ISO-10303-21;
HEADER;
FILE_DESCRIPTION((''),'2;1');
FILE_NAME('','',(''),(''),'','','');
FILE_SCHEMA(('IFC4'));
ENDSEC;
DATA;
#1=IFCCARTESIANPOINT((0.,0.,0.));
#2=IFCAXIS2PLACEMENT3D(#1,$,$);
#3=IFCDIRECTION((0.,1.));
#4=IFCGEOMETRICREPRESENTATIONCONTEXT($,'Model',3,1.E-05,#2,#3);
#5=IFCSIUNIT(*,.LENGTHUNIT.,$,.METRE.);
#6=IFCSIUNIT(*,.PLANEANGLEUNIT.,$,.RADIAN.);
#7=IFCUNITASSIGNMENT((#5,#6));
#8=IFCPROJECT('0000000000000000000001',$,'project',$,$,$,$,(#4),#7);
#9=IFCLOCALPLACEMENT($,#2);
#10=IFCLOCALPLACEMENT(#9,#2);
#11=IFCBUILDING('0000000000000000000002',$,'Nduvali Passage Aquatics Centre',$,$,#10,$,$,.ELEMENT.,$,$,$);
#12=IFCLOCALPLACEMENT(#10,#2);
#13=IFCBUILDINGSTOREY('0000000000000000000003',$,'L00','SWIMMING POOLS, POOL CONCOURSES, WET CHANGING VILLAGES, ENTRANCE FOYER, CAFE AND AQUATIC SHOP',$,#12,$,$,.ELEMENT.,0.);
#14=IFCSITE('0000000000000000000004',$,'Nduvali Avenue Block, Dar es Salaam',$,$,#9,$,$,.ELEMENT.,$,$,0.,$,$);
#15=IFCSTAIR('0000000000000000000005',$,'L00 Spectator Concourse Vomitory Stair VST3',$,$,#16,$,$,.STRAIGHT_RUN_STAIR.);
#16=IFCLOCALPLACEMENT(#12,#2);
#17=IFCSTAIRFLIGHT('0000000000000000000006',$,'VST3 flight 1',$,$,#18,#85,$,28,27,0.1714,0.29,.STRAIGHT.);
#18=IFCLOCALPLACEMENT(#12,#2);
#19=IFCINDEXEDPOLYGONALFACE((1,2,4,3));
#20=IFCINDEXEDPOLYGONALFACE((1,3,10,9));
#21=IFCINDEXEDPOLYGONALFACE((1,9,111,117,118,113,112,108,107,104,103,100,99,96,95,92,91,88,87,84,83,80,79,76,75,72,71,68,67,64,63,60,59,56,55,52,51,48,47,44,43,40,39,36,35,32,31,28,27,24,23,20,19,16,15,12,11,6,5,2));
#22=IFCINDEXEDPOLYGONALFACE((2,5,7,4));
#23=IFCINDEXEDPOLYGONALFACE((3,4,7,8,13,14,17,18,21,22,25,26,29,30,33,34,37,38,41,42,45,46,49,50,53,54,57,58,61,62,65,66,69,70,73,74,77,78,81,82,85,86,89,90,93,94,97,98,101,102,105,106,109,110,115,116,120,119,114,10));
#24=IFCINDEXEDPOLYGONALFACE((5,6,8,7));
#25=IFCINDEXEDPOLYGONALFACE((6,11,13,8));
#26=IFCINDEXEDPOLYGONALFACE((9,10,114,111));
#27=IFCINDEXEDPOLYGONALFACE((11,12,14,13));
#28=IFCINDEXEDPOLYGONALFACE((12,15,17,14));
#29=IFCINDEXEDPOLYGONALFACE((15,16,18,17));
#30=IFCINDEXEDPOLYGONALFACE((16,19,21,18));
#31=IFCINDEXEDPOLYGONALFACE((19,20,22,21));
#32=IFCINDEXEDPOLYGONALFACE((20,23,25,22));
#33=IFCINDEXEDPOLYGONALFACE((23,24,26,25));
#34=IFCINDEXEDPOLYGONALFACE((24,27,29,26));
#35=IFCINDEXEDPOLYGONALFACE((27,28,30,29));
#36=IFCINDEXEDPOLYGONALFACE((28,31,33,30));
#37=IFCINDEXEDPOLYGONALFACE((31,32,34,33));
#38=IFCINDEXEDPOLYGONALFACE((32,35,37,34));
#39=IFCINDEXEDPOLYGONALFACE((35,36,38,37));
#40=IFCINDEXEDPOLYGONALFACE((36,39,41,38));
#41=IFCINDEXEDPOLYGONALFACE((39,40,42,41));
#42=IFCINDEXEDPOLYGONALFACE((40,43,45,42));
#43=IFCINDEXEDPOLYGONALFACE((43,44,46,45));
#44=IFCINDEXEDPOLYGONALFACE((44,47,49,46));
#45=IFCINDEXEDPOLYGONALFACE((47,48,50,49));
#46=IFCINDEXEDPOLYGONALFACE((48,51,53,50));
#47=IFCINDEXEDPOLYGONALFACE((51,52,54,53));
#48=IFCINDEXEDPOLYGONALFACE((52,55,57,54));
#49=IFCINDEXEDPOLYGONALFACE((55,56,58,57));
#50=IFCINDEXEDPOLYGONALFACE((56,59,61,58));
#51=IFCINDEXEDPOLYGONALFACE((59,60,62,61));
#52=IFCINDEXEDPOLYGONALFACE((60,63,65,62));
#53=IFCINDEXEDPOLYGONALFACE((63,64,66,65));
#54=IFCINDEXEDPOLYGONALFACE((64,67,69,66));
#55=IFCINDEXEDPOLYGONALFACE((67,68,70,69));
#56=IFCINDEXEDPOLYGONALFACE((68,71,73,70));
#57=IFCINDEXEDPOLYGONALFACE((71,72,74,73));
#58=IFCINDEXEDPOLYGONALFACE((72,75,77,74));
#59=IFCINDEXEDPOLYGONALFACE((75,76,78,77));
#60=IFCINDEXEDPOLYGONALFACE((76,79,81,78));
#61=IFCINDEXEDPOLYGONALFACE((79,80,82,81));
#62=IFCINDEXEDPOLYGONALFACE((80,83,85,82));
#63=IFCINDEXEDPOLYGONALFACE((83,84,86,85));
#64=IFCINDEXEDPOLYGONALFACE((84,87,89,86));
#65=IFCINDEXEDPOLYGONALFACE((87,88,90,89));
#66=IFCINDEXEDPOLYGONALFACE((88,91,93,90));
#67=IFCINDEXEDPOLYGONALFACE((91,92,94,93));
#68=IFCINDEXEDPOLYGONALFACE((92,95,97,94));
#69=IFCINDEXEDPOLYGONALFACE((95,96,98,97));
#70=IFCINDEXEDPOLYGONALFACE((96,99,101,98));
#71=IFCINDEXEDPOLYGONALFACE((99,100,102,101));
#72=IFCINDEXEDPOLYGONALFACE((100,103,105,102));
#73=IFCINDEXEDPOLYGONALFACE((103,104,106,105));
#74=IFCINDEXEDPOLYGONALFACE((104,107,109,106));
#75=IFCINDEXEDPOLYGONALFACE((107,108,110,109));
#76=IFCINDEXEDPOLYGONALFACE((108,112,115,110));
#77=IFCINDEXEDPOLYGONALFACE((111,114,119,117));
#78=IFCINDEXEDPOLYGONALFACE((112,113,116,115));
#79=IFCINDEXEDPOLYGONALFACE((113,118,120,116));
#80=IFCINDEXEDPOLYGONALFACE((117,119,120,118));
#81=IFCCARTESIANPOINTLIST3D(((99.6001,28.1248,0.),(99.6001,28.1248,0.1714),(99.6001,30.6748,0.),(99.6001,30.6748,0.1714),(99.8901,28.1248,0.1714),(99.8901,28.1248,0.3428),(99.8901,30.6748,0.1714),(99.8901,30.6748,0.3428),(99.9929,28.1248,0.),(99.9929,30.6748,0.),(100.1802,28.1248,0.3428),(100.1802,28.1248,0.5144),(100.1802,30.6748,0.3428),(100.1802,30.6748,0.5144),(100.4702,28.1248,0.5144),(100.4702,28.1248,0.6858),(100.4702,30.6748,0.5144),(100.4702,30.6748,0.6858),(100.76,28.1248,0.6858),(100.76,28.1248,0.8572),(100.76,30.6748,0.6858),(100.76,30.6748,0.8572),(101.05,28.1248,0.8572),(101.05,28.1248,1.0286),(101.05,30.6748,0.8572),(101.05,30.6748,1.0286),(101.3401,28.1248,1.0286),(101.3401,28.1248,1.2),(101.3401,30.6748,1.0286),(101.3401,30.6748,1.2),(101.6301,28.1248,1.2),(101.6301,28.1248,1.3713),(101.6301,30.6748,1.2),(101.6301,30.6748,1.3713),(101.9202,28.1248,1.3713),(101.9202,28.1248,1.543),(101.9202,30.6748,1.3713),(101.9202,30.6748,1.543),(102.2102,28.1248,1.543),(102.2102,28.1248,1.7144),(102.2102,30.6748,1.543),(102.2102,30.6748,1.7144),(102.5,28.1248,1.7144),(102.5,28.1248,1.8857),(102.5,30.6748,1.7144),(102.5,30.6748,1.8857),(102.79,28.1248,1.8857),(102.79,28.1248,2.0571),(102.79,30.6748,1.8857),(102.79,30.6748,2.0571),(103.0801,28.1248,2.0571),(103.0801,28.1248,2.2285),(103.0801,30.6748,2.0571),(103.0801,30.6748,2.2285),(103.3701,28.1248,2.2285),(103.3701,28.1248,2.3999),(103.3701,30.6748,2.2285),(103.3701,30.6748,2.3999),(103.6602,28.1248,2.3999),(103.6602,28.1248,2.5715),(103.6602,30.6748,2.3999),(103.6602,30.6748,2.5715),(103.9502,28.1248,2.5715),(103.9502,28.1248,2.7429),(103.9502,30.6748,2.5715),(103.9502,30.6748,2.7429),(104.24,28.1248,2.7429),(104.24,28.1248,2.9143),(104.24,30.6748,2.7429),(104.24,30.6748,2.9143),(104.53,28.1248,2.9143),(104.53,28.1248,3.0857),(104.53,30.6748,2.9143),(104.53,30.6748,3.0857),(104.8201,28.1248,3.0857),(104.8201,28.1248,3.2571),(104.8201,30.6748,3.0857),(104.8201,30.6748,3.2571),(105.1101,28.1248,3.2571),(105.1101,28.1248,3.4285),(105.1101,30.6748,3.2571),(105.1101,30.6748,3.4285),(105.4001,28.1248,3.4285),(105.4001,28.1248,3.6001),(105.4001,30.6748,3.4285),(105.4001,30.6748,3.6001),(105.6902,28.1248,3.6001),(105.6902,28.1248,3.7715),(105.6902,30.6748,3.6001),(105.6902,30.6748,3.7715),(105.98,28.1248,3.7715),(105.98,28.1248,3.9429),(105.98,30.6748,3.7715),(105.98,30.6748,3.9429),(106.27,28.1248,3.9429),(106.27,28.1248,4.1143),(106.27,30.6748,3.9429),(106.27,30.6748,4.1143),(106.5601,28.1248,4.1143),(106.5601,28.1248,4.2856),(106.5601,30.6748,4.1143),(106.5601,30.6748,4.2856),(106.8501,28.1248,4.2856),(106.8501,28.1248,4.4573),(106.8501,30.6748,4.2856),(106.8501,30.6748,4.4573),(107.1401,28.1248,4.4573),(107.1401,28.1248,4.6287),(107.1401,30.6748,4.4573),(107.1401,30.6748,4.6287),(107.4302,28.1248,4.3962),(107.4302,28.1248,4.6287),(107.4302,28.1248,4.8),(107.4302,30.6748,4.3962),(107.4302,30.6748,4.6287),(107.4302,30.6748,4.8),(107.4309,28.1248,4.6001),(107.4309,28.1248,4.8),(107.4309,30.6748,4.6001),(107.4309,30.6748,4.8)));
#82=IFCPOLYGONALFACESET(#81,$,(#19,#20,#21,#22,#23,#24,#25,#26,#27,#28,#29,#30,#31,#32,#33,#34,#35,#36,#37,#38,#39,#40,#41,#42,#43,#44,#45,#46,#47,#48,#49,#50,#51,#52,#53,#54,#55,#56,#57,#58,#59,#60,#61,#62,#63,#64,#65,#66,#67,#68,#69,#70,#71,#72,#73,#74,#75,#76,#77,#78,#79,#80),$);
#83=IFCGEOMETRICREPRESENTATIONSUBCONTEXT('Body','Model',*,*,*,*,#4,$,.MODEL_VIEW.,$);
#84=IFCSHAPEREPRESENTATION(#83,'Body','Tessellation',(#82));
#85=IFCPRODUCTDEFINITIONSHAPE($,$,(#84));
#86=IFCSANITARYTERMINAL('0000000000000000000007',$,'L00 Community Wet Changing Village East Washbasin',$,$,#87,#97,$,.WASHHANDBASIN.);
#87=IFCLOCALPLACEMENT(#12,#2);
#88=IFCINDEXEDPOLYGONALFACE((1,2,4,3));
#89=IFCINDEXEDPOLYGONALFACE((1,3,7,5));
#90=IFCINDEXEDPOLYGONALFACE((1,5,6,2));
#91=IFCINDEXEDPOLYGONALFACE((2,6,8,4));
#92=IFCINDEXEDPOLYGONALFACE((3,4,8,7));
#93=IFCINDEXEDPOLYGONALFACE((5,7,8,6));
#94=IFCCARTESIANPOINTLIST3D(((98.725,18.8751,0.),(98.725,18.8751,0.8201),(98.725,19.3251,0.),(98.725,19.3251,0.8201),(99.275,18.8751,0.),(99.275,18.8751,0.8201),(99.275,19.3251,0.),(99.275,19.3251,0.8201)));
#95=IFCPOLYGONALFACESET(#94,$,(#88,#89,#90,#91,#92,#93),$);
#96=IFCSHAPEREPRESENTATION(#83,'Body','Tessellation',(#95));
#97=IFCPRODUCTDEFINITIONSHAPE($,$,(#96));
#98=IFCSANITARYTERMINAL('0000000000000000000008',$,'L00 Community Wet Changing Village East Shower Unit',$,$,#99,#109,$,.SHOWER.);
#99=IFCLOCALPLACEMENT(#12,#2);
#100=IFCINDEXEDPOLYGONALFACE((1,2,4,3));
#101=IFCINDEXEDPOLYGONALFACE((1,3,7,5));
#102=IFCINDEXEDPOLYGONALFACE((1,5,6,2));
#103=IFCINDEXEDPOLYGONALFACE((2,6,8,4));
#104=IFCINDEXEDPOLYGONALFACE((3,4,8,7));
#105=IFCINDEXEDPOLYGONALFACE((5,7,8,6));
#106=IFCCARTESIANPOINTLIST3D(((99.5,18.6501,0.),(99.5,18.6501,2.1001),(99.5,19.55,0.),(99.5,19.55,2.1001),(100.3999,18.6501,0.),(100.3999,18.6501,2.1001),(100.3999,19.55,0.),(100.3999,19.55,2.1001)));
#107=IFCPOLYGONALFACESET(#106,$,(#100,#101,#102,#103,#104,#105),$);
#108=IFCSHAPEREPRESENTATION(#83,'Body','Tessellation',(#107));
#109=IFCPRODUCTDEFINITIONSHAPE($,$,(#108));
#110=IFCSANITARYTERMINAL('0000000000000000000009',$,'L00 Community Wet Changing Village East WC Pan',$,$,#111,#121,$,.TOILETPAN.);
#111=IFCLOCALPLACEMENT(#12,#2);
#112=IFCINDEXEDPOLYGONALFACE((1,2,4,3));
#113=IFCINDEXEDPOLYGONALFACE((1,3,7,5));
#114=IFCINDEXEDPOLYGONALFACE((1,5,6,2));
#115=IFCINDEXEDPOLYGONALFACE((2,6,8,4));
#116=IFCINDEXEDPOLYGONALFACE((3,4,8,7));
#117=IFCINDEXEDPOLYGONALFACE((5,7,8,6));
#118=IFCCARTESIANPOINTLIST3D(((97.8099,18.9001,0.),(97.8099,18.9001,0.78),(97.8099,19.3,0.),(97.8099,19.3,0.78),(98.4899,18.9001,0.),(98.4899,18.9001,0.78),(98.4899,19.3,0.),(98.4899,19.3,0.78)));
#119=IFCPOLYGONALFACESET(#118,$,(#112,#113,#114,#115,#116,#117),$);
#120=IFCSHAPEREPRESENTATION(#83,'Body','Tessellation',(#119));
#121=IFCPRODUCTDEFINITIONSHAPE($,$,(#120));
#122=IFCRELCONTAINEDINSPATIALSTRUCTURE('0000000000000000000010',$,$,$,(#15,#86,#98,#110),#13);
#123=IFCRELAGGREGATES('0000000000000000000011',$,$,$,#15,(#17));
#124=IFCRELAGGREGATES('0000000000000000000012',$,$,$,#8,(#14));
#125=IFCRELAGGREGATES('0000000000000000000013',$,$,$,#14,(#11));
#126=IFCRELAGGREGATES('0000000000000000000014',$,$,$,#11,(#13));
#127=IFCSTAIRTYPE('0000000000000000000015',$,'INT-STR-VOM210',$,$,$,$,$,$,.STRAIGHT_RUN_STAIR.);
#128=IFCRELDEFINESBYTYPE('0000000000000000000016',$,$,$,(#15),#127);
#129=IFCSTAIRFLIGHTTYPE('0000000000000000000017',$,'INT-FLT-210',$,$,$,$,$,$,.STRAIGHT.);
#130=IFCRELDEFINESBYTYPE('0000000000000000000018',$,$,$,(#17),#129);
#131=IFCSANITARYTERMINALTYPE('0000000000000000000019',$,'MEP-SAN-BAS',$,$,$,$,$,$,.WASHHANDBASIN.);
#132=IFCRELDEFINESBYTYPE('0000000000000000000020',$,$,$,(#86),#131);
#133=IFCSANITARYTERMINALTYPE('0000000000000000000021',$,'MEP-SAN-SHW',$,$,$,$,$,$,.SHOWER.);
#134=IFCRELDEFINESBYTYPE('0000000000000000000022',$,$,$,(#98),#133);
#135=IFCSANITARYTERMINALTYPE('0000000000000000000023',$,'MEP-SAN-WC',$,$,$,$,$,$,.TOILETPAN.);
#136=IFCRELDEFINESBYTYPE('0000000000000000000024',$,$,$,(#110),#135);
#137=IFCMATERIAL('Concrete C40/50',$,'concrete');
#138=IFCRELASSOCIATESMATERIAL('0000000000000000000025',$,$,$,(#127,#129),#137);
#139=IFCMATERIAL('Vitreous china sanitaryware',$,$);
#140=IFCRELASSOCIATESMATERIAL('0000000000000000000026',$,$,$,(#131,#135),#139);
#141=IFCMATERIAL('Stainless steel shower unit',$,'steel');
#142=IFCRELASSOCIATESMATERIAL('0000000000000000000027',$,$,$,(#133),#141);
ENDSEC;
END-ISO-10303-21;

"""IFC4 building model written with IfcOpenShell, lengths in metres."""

from ifc_helpers import new_model, si_unit, direction, frame, origin, origin_2d, place, context, subcontext, project, spatial, polyline, rectangle, outline, extrude, material, type_object, element, aggregate, save


model = new_model("IFC4")

# Units and contexts
model_context = context("Model", 3, precision=1e-05, world=origin(), true_north=direction((0.0, 1.0)))
body_context = subcontext(model_context, "Body", "Model", "MODEL_VIEW")
ifc_project = project(units=[si_unit("LENGTHUNIT", "METRE"), si_unit("PLANEANGLEUNIT", "RADIAN")], contexts=[model_context])

# Site, building, storey
site_placement = place(None, origin())
site = spatial("IfcSite", under=ifc_project, at=site_placement, Name="Nduvali Avenue Block, Dar es Salaam", CompositionType="ELEMENT", RefElevation=0.0)
building_placement = place(site_placement, origin())
building = spatial("IfcBuilding", under=site, at=building_placement, Name="Nduvali Passage Aquatics Centre", CompositionType="ELEMENT")
storey_placement = place(building_placement, origin())
storey = spatial("IfcBuildingStorey", under=building, at=storey_placement, Name="L00", Description="SWIMMING POOLS, POOL CONCOURSES, WET CHANGING VILLAGES, ENTRANCE FOYER, CAFE AND AQUATIC SHOP", CompositionType="ELEMENT", Elevation=0.0)

# Shared definitions
ifc_material_1 = material(Name="Concrete C40/50", Category="concrete")

# Stair, stair flight
stair_type = type_object("IfcStairType", Name="INT-STR-VOM210", PredefinedType="STRAIGHT_RUN_STAIR", material=ifc_material_1)
stair_placement = place(storey_placement, origin())
stair = element("IfcStair", 1, at=stair_placement, inside=storey, type_object=stair_type, Name="L00 Spectator Concourse Vomitory Stair VST3", PredefinedType="STRAIGHT_RUN_STAIR")
stair_flight_type = type_object("IfcStairFlightType", Name="INT-FLT-210", PredefinedType="STRAIGHT", material=ifc_material_1)
stair_flight_placement = place(storey_placement, frame((99.6001, 29.3999, 0.0), z_axis=(0.0, 0.0, 1.0), x_axis=(1.0, 0.0, 0.0)))
stair_flight = element("IfcStairFlight", 2, at=stair_flight_placement, type_object=stair_flight_type, Name="VST3 flight 1", NumberOfRisers=28, NumberOfTreads=27, PredefinedType="STRAIGHT", RiserHeight=0.1714, TreadLength=0.29, context=body_context, shape_type="SweptSolid", body=[
    extrude(outline(polyline([(0.0, 0.0), (0.0, 0.1714), (0.29, 0.1714), (0.29, 0.3428), (0.5801, 0.3428), (0.5801, 0.5144), (0.8701, 0.5144), (0.8701, 0.6858), (1.1599, 0.6858), (1.1599, 0.8572), (1.45, 0.8572), (1.45, 1.0286), (1.74, 1.0286), (1.74, 1.2), (2.03, 1.2), (2.03, 1.3713), (2.3201, 1.3713), (2.3201, 1.543), (2.6101, 1.543), (2.6101, 1.7144), (2.8999, 1.7144), (2.8999, 1.8857), (3.1899, 1.8857), (3.1899, 2.0571), (3.48, 2.0571), (3.48, 2.2285), (3.77, 2.2285), (3.77, 2.3999), (4.0601, 2.3999), (4.0601, 2.5715), (4.3501, 2.5715), (4.3501, 2.7429), (4.6399, 2.7429), (4.6399, 2.9143), (4.9299, 2.9143), (4.9299, 3.0857), (5.22, 3.0857), (5.22, 3.2571), (5.51, 3.2571), (5.51, 3.4285), (5.8, 3.4285), (5.8, 3.6001), (6.0901, 3.6001), (6.0901, 3.7715), (6.3799, 3.7715), (6.3799, 3.9429), (6.6699, 3.9429), (6.6699, 4.1143), (6.96, 4.1143), (6.96, 4.2856), (7.25, 4.2856), (7.25, 4.4573), (7.54, 4.4573), (7.54, 4.6287), (7.8301, 4.6287), (7.8301, 4.8), (7.8308, 4.8), (7.8308, 4.6001), (7.8301, 4.3962), (0.3928, 0.0), (0.0, 0.0)])), frame((0.0, 1.2749, 0.0), z_axis=(0.0, -1.0, 0.0), x_axis=(1.0, 0.0, 0.0)), (0.0, 0.0, 1.0), 2.55),
])
aggregate(stair, [stair_flight])

# Sanitary terminals
ifc_material_2 = material(Name="Vitreous china sanitaryware")
sanitary_terminal_type_1 = type_object("IfcSanitaryTerminalType", Name="MEP-SAN-BAS", PredefinedType="WASHHANDBASIN", material=ifc_material_2)
sanitary_terminal_1_placement = place(storey_placement, frame((99.0, 19.1001, 0.0), z_axis=(0.0, 0.0, 1.0), x_axis=(1.0, 0.0, 0.0)))
element("IfcSanitaryTerminal", 3, at=sanitary_terminal_1_placement, inside=storey, type_object=sanitary_terminal_type_1, Name="L00 Community Wet Changing Village East Washbasin", PredefinedType="WASHHANDBASIN", context=body_context, shape_type="SweptSolid", body=[
    extrude(rectangle(XDim=0.55, YDim=0.45, at=origin_2d()), origin(), (0.0, 0.0, 1.0), 0.8201),
])
ifc_material_3 = material(Name="Stainless steel shower unit", Category="steel")
sanitary_terminal_type_2 = type_object("IfcSanitaryTerminalType", Name="MEP-SAN-SHW", PredefinedType="SHOWER", material=ifc_material_3)
sanitary_terminal_2_placement = place(storey_placement, frame((99.95, 19.1001, 0.0), z_axis=(0.0, 0.0, 1.0), x_axis=(1.0, 0.0, 0.0)))
element("IfcSanitaryTerminal", 4, at=sanitary_terminal_2_placement, inside=storey, type_object=sanitary_terminal_type_2, Name="L00 Community Wet Changing Village East Shower Unit", PredefinedType="SHOWER", context=body_context, shape_type="SweptSolid", body=[
    extrude(rectangle(XDim=0.8999, YDim=0.8999, at=origin_2d()), origin(), (0.0, 0.0, 1.0), 2.1001),
])
sanitary_terminal_type_3 = type_object("IfcSanitaryTerminalType", Name="MEP-SAN-WC", PredefinedType="TOILETPAN", material=ifc_material_2)
sanitary_terminal_3_placement = place(storey_placement, frame((98.1499, 19.1001, 0.0), z_axis=(0.0, 0.0, 1.0), x_axis=(1.0, 0.0, 0.0)))
element("IfcSanitaryTerminal", 5, at=sanitary_terminal_3_placement, inside=storey, type_object=sanitary_terminal_type_3, Name="L00 Community Wet Changing Village East WC Pan", PredefinedType="TOILETPAN", context=body_context, shape_type="SweptSolid", body=[
    extrude(rectangle(XDim=0.6799, YDim=0.3999, at=origin_2d()), origin(), (0.0, 0.0, 1.0), 0.78),
])

save(model, "model.ifc")
